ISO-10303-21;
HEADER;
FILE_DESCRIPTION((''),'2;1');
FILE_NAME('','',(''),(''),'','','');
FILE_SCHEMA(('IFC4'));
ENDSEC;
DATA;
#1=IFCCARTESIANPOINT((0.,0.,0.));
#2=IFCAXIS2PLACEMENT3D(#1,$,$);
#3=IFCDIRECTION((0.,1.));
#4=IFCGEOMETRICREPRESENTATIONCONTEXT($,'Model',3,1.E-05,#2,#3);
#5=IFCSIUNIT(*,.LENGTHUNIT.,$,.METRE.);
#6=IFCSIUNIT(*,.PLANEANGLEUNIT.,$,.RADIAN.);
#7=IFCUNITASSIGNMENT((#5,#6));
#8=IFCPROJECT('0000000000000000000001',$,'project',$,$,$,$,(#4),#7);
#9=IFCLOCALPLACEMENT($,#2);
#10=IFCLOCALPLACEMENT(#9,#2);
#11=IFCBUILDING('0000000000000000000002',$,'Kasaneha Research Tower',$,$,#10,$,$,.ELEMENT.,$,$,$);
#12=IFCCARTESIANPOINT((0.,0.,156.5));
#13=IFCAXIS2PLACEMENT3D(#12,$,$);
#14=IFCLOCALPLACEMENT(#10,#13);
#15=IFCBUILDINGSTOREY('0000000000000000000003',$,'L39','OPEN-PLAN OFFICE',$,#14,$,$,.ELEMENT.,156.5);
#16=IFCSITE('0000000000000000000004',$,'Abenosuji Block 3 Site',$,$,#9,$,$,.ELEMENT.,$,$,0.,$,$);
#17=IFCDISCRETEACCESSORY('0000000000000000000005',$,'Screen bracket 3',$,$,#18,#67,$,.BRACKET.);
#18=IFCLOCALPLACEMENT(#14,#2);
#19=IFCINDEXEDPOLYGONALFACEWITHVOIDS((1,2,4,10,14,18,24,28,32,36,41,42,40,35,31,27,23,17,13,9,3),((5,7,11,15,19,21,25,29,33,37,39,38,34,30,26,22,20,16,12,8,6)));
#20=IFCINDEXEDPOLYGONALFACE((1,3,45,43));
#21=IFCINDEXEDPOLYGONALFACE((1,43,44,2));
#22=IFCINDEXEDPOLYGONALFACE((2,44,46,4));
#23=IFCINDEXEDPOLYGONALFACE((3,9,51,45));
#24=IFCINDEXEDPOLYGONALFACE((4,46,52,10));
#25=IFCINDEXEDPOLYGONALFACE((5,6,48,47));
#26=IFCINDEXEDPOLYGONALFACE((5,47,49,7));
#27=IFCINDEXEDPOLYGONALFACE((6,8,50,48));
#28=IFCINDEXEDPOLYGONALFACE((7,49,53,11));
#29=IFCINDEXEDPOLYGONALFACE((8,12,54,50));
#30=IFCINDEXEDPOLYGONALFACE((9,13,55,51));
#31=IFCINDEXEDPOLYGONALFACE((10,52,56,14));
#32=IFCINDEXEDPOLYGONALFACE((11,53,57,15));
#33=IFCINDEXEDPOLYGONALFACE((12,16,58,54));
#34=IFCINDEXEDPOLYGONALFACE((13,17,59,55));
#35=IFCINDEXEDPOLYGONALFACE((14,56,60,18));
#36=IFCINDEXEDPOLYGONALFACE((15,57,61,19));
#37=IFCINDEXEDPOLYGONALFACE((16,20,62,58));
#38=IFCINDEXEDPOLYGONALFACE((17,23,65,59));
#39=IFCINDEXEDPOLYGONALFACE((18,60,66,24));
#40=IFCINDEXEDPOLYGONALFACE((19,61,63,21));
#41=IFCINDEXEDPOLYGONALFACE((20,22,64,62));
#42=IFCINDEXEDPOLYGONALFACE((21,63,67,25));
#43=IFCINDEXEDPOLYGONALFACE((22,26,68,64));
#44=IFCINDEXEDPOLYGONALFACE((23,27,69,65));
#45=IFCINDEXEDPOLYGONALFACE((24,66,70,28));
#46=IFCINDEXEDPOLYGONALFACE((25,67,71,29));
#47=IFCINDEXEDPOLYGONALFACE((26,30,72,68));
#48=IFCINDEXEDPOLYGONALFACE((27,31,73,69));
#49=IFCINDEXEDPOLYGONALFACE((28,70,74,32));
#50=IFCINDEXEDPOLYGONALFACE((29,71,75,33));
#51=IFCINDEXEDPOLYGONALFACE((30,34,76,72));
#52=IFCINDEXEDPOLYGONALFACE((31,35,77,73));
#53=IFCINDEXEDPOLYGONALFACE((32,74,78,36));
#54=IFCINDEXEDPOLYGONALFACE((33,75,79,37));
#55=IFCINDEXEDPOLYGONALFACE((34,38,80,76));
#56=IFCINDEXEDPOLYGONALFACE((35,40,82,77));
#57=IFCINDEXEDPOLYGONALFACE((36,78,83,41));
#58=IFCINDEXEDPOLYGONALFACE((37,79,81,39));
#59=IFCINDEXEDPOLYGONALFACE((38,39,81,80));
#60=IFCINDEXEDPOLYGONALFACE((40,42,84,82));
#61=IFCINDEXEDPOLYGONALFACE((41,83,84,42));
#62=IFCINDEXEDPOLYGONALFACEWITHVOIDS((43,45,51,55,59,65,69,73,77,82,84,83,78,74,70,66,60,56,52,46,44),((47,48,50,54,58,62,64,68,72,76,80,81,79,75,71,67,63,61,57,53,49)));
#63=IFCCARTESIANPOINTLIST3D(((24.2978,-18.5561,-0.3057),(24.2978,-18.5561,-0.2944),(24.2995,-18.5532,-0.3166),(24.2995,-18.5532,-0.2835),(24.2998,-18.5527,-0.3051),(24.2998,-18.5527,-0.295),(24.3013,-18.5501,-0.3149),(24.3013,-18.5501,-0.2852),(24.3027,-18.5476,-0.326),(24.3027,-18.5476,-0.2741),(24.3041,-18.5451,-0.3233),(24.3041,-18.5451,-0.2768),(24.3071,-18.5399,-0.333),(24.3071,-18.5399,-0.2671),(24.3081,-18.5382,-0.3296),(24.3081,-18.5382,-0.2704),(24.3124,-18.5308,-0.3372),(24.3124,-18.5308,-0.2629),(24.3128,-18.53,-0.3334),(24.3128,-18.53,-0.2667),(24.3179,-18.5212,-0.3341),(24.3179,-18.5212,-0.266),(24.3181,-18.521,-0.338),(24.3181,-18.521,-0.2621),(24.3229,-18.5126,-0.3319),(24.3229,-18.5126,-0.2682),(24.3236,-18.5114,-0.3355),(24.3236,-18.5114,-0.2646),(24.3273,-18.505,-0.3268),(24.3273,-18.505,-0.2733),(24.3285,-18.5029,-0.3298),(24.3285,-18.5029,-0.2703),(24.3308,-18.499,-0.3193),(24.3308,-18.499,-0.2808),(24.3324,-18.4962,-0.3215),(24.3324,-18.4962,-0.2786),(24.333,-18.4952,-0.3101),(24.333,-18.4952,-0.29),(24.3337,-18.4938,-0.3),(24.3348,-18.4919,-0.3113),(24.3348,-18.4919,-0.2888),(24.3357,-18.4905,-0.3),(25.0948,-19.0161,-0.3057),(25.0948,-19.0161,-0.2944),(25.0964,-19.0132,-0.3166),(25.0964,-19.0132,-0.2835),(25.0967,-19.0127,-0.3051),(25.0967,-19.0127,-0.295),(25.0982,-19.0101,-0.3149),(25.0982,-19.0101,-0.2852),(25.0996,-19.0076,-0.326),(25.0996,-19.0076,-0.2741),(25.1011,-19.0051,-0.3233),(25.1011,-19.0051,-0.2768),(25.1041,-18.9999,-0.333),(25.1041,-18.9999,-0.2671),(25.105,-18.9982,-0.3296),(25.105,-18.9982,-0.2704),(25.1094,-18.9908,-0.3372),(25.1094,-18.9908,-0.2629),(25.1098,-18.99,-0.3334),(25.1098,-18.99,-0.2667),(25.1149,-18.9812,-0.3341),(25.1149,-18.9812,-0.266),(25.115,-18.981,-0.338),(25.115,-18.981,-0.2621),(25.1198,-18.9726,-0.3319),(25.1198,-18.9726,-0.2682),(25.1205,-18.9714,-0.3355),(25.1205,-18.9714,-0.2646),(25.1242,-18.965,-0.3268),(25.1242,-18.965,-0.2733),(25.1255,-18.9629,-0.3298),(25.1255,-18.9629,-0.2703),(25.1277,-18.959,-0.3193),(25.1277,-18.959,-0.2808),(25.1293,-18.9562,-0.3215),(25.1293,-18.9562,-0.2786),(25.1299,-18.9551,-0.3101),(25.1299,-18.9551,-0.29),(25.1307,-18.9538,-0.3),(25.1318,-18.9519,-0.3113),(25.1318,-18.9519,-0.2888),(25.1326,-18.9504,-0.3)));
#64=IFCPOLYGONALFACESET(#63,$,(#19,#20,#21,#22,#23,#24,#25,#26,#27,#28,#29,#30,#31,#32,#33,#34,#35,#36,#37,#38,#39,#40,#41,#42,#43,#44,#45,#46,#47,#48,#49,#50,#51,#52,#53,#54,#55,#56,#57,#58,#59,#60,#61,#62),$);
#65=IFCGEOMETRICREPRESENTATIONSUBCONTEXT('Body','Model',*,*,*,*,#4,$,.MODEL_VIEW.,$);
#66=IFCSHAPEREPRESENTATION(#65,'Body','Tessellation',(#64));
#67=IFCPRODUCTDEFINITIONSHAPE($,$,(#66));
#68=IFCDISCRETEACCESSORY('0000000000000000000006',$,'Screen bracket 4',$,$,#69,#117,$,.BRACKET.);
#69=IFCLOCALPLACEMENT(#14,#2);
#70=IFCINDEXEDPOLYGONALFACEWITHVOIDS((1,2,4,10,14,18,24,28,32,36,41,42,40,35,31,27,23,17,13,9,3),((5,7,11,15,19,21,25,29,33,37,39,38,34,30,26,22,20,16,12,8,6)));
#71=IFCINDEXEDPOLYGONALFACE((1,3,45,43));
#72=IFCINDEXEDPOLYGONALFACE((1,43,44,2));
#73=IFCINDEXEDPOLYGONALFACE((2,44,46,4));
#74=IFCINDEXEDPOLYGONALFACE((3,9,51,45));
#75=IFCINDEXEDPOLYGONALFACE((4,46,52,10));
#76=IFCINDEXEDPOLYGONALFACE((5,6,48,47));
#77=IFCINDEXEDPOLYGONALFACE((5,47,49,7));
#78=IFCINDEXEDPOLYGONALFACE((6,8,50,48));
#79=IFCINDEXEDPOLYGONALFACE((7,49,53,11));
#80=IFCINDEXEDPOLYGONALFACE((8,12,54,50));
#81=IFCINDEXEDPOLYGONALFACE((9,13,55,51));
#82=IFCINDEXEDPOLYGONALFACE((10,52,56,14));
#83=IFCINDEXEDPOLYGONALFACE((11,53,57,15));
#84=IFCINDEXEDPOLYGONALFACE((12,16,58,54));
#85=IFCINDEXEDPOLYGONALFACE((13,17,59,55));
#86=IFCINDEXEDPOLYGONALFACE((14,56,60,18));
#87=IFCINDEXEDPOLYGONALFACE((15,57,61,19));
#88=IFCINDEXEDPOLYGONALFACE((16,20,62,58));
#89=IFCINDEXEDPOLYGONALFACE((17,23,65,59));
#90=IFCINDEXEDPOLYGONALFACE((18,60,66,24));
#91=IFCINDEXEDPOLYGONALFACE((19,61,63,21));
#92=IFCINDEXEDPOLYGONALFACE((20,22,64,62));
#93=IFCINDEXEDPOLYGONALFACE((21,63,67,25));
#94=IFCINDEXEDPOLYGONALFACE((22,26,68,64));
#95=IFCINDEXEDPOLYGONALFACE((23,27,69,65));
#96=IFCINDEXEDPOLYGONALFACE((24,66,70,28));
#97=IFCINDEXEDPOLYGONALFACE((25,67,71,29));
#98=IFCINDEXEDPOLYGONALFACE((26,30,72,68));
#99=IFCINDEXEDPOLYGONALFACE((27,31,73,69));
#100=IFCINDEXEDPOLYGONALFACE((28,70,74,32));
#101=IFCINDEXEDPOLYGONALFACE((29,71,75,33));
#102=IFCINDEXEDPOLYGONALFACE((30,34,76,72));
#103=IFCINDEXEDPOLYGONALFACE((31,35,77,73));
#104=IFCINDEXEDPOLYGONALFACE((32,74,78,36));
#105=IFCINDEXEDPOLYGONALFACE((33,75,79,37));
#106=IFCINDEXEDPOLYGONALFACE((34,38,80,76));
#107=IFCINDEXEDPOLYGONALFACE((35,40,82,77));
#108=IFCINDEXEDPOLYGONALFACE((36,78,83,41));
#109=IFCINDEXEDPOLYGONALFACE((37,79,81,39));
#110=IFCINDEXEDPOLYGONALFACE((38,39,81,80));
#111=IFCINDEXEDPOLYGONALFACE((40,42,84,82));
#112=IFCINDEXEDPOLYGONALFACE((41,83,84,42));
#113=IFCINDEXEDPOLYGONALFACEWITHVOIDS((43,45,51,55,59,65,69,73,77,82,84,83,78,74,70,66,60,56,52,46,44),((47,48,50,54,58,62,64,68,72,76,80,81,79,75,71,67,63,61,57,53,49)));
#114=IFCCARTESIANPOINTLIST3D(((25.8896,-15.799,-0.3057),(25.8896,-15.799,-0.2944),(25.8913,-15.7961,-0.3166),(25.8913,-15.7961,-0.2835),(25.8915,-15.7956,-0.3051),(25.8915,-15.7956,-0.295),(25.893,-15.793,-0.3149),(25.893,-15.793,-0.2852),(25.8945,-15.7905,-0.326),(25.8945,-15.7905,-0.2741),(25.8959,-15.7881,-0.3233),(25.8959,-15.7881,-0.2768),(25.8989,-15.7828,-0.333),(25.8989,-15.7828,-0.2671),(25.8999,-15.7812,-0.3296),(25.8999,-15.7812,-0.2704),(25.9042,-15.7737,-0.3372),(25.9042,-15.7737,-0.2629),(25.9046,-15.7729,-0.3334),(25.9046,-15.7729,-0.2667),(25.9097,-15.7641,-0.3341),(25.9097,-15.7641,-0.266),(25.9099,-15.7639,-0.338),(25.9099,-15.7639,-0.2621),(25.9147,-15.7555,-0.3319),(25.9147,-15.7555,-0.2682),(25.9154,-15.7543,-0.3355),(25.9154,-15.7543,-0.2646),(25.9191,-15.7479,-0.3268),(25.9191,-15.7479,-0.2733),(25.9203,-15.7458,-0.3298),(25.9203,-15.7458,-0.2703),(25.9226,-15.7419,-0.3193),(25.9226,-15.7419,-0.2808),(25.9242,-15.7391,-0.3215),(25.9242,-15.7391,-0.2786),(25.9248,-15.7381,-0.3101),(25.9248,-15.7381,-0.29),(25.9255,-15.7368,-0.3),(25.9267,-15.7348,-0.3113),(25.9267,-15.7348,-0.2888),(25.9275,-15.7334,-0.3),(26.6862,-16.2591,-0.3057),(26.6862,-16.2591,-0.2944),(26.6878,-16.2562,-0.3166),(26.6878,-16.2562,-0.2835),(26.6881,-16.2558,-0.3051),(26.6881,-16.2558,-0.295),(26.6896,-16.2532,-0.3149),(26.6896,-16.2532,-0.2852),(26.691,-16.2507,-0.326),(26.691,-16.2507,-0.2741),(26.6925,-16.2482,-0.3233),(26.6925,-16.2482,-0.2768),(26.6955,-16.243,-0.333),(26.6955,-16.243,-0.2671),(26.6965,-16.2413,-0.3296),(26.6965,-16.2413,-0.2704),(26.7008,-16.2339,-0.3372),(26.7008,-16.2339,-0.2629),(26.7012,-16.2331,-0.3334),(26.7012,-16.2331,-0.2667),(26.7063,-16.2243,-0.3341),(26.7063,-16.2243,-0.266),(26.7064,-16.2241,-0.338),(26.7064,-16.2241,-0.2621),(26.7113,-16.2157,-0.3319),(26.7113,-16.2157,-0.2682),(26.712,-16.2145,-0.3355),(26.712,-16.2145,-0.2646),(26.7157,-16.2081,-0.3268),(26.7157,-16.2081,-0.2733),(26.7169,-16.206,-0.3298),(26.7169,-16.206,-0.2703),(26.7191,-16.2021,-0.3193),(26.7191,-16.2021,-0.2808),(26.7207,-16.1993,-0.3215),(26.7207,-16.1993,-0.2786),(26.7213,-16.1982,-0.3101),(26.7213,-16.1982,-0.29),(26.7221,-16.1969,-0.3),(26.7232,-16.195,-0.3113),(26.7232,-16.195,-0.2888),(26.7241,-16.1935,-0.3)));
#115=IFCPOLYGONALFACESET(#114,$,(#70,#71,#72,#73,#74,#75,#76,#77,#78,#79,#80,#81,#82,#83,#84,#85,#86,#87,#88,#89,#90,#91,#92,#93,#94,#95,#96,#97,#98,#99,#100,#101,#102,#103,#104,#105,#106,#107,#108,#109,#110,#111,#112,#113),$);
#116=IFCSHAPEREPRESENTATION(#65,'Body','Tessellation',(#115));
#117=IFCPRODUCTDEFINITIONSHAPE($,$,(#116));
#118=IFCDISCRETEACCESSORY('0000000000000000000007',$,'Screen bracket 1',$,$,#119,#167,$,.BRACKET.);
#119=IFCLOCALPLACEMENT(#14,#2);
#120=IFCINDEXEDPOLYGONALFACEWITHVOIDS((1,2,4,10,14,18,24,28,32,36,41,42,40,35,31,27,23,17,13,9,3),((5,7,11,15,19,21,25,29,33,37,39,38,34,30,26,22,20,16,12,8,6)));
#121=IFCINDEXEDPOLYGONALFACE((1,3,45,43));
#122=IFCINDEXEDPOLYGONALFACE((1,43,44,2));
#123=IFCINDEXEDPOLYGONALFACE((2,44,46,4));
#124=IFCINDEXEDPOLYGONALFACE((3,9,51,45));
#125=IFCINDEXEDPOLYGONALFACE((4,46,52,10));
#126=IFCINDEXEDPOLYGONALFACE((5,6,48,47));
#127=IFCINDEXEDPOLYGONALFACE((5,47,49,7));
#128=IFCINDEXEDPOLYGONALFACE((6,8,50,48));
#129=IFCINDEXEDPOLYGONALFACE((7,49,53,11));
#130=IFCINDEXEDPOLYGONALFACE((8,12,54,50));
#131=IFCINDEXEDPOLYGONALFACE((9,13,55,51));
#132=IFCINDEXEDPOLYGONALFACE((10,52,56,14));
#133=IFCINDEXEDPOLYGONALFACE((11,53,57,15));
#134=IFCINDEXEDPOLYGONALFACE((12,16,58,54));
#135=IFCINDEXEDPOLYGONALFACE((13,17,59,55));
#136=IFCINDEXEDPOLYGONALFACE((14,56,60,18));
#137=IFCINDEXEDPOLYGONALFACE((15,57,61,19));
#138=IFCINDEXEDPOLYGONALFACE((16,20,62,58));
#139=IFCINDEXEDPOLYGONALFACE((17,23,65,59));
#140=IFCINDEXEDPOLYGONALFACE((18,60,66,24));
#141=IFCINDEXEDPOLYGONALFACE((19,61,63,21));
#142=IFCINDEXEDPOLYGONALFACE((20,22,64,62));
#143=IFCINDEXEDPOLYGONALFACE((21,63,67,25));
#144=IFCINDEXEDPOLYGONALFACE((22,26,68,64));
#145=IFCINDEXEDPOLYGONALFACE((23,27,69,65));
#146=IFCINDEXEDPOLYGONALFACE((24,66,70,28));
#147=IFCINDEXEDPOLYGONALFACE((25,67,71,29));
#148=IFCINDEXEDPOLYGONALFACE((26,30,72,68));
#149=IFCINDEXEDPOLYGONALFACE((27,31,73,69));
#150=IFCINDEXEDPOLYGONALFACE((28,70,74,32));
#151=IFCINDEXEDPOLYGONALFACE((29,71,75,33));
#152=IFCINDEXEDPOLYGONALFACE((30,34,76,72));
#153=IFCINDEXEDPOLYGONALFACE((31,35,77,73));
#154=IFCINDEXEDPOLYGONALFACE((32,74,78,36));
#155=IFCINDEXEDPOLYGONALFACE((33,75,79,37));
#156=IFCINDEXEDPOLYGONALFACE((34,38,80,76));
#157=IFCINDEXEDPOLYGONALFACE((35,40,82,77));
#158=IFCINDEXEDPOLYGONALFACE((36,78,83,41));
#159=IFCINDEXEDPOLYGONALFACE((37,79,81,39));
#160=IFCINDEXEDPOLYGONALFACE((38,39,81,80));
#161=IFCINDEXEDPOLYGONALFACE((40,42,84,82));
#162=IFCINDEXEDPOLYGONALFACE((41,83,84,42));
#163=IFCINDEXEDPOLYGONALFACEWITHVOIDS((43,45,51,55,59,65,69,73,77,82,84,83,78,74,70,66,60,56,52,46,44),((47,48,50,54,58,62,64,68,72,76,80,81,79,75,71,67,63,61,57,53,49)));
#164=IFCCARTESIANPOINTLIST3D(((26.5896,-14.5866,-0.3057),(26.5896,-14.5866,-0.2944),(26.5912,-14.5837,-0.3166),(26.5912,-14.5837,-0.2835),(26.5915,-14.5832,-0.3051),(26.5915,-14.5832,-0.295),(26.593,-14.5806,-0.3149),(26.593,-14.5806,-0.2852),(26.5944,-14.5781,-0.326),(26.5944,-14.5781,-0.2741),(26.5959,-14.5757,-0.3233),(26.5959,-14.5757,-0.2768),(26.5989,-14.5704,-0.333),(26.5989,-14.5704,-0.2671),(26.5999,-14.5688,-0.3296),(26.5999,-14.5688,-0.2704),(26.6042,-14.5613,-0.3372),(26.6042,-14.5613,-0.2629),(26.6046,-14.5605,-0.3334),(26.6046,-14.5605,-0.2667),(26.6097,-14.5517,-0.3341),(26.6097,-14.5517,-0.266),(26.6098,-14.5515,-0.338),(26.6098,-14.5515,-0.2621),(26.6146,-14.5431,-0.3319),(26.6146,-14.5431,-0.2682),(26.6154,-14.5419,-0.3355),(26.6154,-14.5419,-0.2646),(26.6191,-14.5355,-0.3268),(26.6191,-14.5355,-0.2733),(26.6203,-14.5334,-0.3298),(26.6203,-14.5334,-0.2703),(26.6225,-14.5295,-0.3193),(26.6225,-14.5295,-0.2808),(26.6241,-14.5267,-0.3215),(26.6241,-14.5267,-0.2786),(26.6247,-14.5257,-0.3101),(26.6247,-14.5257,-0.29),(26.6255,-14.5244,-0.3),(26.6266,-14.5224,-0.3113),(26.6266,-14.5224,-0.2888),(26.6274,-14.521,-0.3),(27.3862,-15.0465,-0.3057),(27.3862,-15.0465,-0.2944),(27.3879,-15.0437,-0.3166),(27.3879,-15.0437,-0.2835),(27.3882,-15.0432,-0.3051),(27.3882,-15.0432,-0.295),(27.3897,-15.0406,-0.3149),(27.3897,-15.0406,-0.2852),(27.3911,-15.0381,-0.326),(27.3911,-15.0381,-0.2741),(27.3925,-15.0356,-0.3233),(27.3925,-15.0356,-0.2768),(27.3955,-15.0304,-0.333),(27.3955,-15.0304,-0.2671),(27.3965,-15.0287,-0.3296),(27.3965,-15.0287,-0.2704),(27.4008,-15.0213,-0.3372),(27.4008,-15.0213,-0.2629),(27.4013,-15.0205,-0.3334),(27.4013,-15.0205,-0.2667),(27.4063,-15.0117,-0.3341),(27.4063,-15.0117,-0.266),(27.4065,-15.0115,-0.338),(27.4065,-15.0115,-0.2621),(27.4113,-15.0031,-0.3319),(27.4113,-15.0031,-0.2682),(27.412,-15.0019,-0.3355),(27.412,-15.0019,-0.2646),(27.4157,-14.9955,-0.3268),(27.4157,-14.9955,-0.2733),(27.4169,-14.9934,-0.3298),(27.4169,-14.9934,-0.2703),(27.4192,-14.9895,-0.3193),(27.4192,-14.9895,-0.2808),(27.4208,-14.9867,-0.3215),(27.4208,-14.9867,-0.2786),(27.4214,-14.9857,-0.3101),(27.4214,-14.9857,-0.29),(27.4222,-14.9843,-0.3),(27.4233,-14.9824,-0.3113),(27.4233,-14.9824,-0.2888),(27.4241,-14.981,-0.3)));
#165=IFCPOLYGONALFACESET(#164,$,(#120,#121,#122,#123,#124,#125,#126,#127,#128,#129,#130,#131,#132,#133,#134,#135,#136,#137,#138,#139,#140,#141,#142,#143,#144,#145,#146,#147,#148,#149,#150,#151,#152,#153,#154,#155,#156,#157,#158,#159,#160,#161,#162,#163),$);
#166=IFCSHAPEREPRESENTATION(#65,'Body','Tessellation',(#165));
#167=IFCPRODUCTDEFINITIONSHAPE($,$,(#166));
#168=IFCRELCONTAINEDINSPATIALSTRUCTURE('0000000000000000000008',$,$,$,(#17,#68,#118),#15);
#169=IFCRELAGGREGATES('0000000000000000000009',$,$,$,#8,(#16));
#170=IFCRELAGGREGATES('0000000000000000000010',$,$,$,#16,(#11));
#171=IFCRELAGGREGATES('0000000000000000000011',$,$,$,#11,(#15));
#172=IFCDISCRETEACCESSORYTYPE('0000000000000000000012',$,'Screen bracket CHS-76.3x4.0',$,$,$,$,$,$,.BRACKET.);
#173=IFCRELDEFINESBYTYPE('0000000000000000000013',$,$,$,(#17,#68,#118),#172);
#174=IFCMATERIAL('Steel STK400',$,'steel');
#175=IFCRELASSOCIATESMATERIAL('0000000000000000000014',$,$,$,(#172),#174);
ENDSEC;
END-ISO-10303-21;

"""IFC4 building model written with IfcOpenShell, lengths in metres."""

from ifc_helpers import new_model, si_unit, direction, frame, origin, origin_2d, place, context, subcontext, project, spatial, hollow_circle, extrude, material, material_profile, profile_set, type_object, element, save


model = new_model("IFC4")

# Units and contexts
model_context = context("Model", 3, precision=1e-05, world=origin(), true_north=direction((0.0, 1.0)))
body_context = subcontext(model_context, "Body", "Model", "MODEL_VIEW")
ifc_project = project(units=[si_unit("LENGTHUNIT", "METRE"), si_unit("PLANEANGLEUNIT", "RADIAN")], contexts=[model_context])

# Site, building, storey
site_placement = place(None, origin())
site = spatial("IfcSite", under=ifc_project, at=site_placement, Name="Abenosuji Block 3 Site", CompositionType="ELEMENT", RefElevation=0.0)
building_placement = place(site_placement, origin())
building = spatial("IfcBuilding", under=site, at=building_placement, Name="Kasaneha Research Tower", CompositionType="ELEMENT")
storey_placement = place(building_placement, frame((0.0, 0.0, 156.5)))
storey = spatial("IfcBuildingStorey", under=building, at=storey_placement, Name="L39", Description="OPEN-PLAN OFFICE", CompositionType="ELEMENT", Elevation=156.5)

# Discrete accessories
ifc_material_1 = material(Name="Steel STK400", Category="steel")
ifc_material_profile_1 = material_profile(ifc_material_1, hollow_circle(Radius=0.0381, WallThickness=0.0039, at=origin_2d()), Name="CHS-76.3x4.0")
ifc_profile_set_1 = profile_set([ifc_material_profile_1], Name="Steel STK400")
discrete_accessory_type = type_object("IfcDiscreteAccessoryType", Name="Screen bracket CHS-76.3x4.0", PredefinedType="BRACKET", material=ifc_profile_set_1)
discrete_accessory_1_placement = place(storey_placement, frame((24.3167, -18.5234, -0.3), z_axis=(0.86608, -0.499906, 0.0), x_axis=(0.499906, 0.86608, 0.0)))
element("IfcDiscreteAccessory", 1, at=discrete_accessory_1_placement, inside=storey, type_object=discrete_accessory_type, Name="Screen bracket 3", PredefinedType="BRACKET", context=body_context, shape_type="SweptSolid", body=[
    extrude(hollow_circle(Radius=0.0381, WallThickness=0.0039, at=origin_2d()), origin(), (0.0, 0.0, 1.0), 0.9202),
])
for number, where, z_axis, x_axis, name in (
    (2, (25.9084, -15.7664, -0.3), (0.865898, -0.50022, 0.0), (0.50022, 0.865898, 0.0), "Screen bracket 4"),
    (3, (26.6084, -14.554, -0.3), (0.866013, -0.500021, 0.0), (0.500021, 0.866013, 0.0), "Screen bracket 1"),
):
    element("IfcDiscreteAccessory", number, at=place(storey_placement, frame(where, z_axis=z_axis, x_axis=x_axis)), inside=storey, type_object=discrete_accessory_type, Name=name, PredefinedType="BRACKET", context=body_context, shape_type="SweptSolid", body=[
        extrude(hollow_circle(Radius=0.0381, WallThickness=0.0039, at=origin_2d()), origin(), (0.0, 0.0, 1.0), 0.9199),
    ])

save(model, "model.ifc")
